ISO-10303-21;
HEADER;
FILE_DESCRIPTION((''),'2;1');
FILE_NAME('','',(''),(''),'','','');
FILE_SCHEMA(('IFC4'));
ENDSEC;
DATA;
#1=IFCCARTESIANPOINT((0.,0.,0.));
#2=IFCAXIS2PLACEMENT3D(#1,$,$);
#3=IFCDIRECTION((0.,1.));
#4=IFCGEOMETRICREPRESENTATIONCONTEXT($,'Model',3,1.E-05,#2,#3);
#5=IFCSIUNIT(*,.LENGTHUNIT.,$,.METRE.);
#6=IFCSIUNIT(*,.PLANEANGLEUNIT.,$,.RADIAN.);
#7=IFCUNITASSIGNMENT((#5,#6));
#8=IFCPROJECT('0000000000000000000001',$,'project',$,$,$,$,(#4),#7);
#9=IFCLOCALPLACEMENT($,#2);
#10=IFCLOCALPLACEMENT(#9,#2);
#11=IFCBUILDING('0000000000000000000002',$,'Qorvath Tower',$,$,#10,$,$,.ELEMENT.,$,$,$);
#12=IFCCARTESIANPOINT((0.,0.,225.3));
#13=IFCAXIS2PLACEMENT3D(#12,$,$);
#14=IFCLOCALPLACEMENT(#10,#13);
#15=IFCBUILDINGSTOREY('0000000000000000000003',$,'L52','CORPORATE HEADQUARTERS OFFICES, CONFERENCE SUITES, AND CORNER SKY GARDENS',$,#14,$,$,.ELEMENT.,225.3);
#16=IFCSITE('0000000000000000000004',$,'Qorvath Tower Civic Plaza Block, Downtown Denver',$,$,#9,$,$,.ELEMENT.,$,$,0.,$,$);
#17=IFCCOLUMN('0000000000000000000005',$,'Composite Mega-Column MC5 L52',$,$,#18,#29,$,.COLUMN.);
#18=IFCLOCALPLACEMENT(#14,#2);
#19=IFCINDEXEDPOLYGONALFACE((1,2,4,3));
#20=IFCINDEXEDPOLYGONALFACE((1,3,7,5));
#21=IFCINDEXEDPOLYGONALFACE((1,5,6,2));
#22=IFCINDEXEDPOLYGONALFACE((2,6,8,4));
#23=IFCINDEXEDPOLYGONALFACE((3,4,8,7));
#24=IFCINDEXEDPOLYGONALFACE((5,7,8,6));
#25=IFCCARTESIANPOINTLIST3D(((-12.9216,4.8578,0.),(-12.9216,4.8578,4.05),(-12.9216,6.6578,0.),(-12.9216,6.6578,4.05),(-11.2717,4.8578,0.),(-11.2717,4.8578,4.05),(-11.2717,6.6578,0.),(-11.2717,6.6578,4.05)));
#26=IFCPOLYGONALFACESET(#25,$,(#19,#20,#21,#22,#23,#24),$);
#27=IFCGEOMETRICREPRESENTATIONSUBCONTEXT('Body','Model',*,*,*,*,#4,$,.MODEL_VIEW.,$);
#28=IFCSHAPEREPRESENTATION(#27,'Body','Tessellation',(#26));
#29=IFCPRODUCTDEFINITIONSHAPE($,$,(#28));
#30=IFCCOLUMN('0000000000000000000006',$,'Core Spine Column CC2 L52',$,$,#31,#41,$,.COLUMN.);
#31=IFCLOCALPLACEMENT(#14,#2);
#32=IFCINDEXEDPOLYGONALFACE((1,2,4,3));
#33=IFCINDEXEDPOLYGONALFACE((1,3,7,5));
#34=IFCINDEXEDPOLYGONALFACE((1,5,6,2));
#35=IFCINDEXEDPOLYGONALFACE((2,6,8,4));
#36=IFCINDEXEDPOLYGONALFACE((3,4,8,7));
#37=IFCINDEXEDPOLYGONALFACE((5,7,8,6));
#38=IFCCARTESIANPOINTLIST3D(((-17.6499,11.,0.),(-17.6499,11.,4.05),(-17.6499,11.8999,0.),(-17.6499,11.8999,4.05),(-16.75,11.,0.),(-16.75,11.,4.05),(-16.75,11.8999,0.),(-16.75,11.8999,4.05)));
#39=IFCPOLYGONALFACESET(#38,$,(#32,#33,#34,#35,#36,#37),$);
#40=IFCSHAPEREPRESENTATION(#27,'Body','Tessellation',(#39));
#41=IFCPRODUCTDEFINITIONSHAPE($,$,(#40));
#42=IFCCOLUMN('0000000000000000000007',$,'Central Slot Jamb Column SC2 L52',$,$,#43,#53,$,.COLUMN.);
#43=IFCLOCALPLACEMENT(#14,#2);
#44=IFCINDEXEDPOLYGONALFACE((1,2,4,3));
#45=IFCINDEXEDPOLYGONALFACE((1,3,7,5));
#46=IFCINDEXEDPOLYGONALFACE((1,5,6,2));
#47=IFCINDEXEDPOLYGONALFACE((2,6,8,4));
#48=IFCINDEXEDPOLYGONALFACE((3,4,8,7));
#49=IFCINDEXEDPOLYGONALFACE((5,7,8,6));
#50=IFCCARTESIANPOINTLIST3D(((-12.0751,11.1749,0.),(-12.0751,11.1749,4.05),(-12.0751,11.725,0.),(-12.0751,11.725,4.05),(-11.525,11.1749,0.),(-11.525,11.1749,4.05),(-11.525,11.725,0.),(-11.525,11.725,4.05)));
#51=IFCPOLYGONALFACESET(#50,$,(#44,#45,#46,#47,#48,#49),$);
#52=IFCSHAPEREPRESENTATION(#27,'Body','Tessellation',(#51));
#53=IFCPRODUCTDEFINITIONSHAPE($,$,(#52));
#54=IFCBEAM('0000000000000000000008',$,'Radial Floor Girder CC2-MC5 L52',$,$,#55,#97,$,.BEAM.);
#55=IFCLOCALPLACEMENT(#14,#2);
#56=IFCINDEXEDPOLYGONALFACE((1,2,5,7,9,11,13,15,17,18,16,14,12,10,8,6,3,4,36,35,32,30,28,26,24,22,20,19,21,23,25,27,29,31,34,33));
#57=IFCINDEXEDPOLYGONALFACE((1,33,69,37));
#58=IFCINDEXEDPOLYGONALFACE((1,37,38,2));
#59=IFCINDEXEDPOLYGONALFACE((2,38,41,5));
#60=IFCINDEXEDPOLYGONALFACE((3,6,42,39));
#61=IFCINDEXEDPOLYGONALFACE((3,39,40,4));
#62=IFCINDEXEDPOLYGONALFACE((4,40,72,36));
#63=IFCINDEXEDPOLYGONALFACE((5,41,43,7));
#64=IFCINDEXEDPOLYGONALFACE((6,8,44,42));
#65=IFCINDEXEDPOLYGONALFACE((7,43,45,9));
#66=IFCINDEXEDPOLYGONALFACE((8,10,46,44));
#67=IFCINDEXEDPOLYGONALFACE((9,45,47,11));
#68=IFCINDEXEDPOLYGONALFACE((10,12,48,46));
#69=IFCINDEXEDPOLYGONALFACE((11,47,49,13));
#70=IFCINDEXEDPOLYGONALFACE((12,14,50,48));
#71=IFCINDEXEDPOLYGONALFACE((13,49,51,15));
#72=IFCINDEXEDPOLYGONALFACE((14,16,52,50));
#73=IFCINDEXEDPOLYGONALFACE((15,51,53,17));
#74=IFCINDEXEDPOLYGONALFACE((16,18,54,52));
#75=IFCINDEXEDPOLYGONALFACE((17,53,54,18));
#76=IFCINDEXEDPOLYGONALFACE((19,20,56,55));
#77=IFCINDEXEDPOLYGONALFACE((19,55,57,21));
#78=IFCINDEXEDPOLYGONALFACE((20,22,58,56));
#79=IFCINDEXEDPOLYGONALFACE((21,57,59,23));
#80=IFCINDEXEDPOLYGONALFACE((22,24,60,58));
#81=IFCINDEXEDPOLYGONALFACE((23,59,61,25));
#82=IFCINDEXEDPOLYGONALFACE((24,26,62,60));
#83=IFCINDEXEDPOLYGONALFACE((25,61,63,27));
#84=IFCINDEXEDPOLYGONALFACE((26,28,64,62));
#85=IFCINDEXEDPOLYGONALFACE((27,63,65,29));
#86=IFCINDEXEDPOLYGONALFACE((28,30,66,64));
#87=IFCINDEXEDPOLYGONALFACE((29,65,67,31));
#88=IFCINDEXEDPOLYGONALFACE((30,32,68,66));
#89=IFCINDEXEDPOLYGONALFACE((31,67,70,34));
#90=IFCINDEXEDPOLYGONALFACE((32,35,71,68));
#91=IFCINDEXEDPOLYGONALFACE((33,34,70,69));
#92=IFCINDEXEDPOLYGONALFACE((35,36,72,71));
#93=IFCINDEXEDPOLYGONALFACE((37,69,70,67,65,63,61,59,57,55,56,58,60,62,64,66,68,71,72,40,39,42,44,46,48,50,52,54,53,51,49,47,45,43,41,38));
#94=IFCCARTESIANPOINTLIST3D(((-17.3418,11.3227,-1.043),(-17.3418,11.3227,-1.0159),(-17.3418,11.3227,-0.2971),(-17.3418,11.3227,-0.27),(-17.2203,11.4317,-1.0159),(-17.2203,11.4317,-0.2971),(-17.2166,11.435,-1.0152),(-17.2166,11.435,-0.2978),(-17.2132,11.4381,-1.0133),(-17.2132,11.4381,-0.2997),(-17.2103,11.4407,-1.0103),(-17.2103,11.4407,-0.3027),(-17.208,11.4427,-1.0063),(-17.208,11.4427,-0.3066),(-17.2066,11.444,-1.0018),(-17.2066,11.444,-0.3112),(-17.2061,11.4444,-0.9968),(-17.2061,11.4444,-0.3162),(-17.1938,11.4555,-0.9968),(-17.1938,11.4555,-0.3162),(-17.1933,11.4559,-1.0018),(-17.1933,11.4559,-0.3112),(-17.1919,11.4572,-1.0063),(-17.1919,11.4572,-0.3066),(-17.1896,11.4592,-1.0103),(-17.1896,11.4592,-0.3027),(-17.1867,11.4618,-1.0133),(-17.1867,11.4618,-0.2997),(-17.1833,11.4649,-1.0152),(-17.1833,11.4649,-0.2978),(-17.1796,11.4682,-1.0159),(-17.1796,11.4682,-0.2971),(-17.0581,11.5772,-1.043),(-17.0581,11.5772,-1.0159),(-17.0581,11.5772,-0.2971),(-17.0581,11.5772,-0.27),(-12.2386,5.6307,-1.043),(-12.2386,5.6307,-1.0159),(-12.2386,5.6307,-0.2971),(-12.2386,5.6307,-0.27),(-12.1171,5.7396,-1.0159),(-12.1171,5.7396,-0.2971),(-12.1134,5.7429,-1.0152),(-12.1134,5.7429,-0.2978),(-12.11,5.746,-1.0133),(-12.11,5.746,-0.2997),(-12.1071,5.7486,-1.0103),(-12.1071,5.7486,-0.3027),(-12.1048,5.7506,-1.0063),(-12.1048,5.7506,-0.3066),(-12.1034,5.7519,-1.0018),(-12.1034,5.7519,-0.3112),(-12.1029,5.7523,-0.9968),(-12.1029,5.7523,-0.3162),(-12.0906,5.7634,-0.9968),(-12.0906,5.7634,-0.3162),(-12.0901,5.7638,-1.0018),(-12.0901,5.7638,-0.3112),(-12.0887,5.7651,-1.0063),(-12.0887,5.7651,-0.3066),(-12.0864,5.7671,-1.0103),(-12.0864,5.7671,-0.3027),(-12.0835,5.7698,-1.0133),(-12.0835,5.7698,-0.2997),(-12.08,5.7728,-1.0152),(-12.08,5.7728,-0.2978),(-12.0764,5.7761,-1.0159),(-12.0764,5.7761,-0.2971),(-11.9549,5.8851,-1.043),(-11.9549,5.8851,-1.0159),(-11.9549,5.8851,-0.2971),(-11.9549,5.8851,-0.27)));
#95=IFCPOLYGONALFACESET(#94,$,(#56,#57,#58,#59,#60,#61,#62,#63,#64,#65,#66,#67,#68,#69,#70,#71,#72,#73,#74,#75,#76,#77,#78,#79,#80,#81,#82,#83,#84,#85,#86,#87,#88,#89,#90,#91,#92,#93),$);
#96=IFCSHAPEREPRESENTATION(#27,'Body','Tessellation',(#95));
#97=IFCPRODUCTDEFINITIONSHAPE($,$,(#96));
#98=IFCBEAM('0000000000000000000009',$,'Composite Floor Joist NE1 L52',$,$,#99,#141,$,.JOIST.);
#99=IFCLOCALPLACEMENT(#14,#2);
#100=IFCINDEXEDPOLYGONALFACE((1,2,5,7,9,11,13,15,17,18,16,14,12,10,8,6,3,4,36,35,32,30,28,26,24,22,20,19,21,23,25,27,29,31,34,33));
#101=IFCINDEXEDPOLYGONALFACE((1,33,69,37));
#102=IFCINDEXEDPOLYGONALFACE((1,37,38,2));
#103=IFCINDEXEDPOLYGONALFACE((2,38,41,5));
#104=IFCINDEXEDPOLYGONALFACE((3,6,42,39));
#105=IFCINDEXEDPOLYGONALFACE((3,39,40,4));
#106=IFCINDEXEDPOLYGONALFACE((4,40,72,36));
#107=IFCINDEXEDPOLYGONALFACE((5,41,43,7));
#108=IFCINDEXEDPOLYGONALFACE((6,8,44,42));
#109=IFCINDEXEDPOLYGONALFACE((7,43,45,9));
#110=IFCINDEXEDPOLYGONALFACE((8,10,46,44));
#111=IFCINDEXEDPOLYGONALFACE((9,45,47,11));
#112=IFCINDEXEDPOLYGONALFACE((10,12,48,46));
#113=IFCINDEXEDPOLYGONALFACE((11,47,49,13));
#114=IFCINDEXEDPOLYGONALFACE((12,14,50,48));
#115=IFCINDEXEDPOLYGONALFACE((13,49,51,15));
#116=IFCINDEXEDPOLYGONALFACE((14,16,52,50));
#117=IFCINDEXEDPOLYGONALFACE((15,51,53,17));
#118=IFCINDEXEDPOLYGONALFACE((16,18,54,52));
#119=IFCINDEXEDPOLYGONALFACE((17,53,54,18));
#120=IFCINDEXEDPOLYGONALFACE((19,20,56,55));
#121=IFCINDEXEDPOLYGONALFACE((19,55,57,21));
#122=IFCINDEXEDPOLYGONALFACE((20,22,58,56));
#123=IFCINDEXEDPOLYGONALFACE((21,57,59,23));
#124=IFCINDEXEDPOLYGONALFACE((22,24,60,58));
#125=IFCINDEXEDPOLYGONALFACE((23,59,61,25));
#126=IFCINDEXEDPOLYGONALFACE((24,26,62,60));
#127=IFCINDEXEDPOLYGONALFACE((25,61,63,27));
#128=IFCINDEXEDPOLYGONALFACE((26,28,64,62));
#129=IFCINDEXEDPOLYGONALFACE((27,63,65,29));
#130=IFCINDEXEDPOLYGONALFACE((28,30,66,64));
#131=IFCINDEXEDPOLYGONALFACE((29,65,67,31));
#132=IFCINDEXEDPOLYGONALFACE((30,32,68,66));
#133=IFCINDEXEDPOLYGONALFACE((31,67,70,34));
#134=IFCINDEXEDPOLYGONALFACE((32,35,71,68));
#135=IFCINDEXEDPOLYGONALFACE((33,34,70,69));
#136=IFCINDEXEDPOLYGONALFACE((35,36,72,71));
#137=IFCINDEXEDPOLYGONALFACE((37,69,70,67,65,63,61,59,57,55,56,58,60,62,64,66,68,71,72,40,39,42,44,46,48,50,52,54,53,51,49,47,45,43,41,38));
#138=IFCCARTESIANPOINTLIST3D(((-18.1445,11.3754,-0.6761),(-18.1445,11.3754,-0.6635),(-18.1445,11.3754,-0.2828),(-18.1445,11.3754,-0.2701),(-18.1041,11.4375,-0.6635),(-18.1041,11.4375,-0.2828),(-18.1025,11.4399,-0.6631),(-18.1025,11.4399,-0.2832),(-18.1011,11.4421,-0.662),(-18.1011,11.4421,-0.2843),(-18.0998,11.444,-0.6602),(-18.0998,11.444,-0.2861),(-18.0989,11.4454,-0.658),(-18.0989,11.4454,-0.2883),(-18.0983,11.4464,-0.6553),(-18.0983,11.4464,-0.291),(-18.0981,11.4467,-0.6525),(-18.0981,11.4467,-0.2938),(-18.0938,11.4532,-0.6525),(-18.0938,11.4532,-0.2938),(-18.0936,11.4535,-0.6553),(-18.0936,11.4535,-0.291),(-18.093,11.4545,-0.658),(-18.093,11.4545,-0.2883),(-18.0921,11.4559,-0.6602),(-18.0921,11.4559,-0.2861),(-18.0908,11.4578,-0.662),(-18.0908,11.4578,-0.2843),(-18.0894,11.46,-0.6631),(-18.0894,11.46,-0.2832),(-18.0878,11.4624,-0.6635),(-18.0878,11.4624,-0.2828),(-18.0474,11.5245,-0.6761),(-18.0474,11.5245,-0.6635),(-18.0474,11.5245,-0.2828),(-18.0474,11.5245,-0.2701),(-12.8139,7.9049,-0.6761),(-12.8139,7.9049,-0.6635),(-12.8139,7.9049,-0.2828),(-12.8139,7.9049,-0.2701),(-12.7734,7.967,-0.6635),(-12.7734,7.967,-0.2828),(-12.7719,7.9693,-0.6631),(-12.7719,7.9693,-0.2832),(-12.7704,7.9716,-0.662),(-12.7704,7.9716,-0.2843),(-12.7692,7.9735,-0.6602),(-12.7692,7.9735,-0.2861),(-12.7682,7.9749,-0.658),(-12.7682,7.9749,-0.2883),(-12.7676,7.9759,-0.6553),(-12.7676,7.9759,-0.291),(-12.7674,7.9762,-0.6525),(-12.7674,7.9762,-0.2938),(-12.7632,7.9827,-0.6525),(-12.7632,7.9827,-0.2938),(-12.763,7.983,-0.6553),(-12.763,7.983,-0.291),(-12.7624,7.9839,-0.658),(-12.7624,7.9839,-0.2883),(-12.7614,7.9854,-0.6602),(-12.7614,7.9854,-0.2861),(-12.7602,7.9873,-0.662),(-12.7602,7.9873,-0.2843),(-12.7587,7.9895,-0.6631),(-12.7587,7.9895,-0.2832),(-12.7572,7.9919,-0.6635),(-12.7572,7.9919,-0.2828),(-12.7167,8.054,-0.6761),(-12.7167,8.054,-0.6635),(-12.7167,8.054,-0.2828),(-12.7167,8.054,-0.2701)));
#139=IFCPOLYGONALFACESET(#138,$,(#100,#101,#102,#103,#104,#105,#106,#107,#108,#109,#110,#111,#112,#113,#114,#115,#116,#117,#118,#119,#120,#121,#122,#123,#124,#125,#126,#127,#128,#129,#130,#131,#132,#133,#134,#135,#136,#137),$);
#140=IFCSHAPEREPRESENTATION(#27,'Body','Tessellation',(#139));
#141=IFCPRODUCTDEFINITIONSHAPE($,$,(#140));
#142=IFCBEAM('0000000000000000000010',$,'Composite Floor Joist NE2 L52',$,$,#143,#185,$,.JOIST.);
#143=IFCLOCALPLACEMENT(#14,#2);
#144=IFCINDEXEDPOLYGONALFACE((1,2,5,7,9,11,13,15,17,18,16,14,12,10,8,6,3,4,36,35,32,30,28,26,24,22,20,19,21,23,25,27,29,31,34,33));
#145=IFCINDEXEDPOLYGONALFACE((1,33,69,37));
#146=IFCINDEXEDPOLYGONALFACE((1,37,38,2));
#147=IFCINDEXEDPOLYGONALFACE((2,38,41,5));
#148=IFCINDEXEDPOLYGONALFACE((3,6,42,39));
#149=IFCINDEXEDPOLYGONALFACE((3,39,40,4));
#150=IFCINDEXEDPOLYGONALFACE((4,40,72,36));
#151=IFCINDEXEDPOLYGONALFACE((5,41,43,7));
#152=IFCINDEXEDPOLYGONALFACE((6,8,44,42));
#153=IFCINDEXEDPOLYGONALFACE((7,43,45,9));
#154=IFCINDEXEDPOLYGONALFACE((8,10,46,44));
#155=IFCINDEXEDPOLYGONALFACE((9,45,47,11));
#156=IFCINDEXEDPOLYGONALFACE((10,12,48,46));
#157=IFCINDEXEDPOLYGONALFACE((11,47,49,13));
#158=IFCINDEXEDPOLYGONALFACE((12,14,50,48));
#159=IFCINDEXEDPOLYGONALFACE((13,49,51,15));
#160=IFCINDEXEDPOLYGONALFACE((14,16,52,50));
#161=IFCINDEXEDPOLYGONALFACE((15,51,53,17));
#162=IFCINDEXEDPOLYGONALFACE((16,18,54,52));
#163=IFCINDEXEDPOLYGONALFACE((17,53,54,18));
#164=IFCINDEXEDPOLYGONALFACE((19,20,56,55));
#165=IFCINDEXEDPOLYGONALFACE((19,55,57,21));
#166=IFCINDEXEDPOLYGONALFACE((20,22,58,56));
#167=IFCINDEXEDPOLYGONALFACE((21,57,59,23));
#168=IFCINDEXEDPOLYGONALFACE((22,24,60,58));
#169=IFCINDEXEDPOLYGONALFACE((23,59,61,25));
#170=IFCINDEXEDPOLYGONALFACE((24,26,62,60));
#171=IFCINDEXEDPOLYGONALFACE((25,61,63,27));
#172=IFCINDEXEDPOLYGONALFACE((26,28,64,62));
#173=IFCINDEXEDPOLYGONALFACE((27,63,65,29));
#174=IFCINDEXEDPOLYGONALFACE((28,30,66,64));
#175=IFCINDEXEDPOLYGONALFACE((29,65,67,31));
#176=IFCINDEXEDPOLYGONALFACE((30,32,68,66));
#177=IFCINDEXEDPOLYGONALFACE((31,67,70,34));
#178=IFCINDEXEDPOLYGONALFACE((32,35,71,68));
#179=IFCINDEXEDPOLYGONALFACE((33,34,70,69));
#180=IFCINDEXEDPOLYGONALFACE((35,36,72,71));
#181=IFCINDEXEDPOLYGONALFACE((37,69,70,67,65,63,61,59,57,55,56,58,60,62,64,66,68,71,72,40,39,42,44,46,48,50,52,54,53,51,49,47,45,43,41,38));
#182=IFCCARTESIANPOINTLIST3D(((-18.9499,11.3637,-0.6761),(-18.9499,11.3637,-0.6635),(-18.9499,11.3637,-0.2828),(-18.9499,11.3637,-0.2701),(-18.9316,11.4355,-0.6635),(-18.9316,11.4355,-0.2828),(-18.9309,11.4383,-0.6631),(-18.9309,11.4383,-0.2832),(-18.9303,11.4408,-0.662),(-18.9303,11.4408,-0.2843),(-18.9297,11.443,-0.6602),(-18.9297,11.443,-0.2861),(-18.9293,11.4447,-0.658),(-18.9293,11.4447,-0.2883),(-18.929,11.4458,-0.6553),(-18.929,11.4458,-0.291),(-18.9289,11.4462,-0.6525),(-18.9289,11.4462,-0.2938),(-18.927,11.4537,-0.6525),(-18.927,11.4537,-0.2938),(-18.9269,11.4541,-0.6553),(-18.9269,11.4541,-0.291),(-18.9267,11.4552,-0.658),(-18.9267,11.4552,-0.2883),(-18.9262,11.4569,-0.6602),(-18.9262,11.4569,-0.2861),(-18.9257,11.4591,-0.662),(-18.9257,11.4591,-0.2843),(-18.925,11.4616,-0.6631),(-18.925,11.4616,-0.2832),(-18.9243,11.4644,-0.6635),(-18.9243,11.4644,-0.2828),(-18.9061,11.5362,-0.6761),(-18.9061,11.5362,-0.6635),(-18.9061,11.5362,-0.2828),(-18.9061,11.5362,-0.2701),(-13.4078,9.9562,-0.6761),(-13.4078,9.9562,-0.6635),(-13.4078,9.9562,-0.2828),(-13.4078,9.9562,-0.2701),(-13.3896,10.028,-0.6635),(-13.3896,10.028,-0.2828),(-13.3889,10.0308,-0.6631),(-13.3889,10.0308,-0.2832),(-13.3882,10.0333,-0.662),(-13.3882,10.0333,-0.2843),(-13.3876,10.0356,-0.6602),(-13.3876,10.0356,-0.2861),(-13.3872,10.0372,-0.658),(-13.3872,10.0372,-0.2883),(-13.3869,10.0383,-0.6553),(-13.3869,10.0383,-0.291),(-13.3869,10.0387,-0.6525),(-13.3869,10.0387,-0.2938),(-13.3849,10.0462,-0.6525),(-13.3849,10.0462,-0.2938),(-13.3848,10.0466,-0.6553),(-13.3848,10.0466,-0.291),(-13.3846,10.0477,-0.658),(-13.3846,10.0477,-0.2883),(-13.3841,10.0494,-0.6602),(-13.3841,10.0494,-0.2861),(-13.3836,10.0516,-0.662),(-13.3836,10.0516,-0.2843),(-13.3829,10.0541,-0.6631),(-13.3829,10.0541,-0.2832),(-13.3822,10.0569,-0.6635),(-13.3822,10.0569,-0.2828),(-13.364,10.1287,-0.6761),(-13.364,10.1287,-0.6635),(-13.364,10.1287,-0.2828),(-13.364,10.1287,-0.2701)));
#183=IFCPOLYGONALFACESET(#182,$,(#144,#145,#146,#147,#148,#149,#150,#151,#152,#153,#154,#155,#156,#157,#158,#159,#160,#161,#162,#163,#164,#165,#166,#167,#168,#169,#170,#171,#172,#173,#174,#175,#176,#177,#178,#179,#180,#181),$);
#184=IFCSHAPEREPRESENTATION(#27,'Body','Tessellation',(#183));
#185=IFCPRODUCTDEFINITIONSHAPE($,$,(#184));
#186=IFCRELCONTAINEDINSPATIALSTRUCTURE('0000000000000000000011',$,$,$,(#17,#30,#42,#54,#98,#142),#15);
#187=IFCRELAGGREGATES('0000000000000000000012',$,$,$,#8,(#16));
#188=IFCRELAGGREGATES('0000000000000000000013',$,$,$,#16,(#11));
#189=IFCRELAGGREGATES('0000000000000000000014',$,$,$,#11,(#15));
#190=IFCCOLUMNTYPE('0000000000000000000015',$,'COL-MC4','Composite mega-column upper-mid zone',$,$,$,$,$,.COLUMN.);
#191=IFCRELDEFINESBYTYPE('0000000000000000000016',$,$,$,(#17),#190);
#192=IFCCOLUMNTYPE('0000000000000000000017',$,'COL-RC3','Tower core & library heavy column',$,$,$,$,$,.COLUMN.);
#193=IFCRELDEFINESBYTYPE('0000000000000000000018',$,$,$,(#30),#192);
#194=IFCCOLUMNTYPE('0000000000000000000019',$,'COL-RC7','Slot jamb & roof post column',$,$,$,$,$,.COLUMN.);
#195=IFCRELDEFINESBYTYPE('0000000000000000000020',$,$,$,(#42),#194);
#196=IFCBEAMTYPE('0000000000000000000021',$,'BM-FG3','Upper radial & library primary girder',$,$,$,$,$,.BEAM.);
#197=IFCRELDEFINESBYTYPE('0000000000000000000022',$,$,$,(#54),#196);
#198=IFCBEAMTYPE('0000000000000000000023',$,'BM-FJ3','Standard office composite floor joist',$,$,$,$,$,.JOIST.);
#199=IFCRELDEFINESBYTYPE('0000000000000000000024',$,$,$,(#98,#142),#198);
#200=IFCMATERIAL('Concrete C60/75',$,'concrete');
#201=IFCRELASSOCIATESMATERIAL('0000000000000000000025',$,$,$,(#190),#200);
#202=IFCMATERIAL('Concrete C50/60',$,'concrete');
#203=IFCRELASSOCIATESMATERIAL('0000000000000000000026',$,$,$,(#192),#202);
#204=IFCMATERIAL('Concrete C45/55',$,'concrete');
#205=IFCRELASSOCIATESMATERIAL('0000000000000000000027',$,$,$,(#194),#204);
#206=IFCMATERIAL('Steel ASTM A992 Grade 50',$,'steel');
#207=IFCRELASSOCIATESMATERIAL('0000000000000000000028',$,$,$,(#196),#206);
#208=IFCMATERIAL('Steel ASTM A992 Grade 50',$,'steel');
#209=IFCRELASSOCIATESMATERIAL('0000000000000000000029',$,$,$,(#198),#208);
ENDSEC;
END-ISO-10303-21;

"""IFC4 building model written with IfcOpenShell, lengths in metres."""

from ifc_helpers import new_model, si_unit, direction, frame, origin, origin_2d, place, context, subcontext, project, spatial, rectangle, i_section, extrude, material, material_profile, profile_set, type_object, element, save


model = new_model("IFC4")

# Units and contexts
model_context = context("Model", 3, precision=1e-05, world=origin(), true_north=direction((0.0, 1.0)))
body_context = subcontext(model_context, "Body", "Model", "MODEL_VIEW")
ifc_project = project(units=[si_unit("LENGTHUNIT", "METRE"), si_unit("PLANEANGLEUNIT", "RADIAN")], contexts=[model_context])

# Site, building, storey
site_placement = place(None, origin())
site = spatial("IfcSite", under=ifc_project, at=site_placement, Name="Qorvath Tower Civic Plaza Block, Downtown Denver", CompositionType="ELEMENT", RefElevation=0.0)
building_placement = place(site_placement, origin())
building = spatial("IfcBuilding", under=site, at=building_placement, Name="Qorvath Tower", CompositionType="ELEMENT")
storey_placement = place(building_placement, frame((0.0, 0.0, 225.3)))
storey = spatial("IfcBuildingStorey", under=building, at=storey_placement, Name="L52", Description="CORPORATE HEADQUARTERS OFFICES, CONFERENCE SUITES, AND CORNER SKY GARDENS", CompositionType="ELEMENT", Elevation=225.3)

# Columns
ifc_material_1 = material(Name="Concrete C60/75", Category="concrete")
ifc_material_profile_1 = material_profile(ifc_material_1, rectangle(XDim=1.6499, YDim=1.8, at=origin_2d()), Name="MC 1800x1650")
ifc_profile_set_1 = profile_set([ifc_material_profile_1], Name="Concrete C60/75")
column_type_1 = type_object("IfcColumnType", Name="COL-MC4", Description="Composite mega-column upper-mid zone", PredefinedType="COLUMN", material=ifc_profile_set_1)
column_1_placement = place(storey_placement, frame((-12.0967, 5.7578, 0.0), z_axis=(0.0, 0.0, 1.0), x_axis=(1.0, 0.0, 0.0)))
element("IfcColumn", 1, at=column_1_placement, inside=storey, type_object=column_type_1, Name="Composite Mega-Column MC5 L52", PredefinedType="COLUMN", context=body_context, shape_type="SweptSolid", body=[
    extrude(rectangle(XDim=1.6499, YDim=1.8, at=origin_2d()), origin(), (0.0, 0.0, 1.0), 4.05),
])
ifc_material_2 = material(Name="Concrete C50/60", Category="concrete")
ifc_material_profile_2 = material_profile(ifc_material_2, rectangle(XDim=0.8999, YDim=0.8999, at=origin_2d()), Name="RC 900x900")
ifc_profile_set_2 = profile_set([ifc_material_profile_2], Name="Concrete C50/60")
column_type_2 = type_object("IfcColumnType", Name="COL-RC3", Description="Tower core & library heavy column", PredefinedType="COLUMN", material=ifc_profile_set_2)
column_2_placement = place(storey_placement, frame((-17.2, 11.45, 0.0), z_axis=(0.0, 0.0, 1.0), x_axis=(1.0, 0.0, 0.0)))
element("IfcColumn", 2, at=column_2_placement, inside=storey, type_object=column_type_2, Name="Core Spine Column CC2 L52", PredefinedType="COLUMN", context=body_context, shape_type="SweptSolid", body=[
    extrude(rectangle(XDim=0.8999, YDim=0.8999, at=origin_2d()), origin(), (0.0, 0.0, 1.0), 4.05),
])
ifc_material_3 = material(Name="Concrete C45/55", Category="concrete")
ifc_material_profile_3 = material_profile(ifc_material_3, rectangle(XDim=0.55, YDim=0.55, at=origin_2d()), Name="RC 550x550")
ifc_profile_set_3 = profile_set([ifc_material_profile_3], Name="Concrete C45/55")
column_type_3 = type_object("IfcColumnType", Name="COL-RC7", Description="Slot jamb & roof post column", PredefinedType="COLUMN", material=ifc_profile_set_3)
column_3_placement = place(storey_placement, frame((-11.8, 11.45, 0.0), z_axis=(0.0, 0.0, 1.0), x_axis=(1.0, 0.0, 0.0)))
element("IfcColumn", 3, at=column_3_placement, inside=storey, type_object=column_type_3, Name="Central Slot Jamb Column SC2 L52", PredefinedType="COLUMN", context=body_context, shape_type="SweptSolid", body=[
    extrude(rectangle(XDim=0.55, YDim=0.55, at=origin_2d()), origin(), (0.0, 0.0, 1.0), 4.05),
])

# Beams
ifc_material_4 = material(Name="Steel ASTM A992 Grade 50", Category="steel")
ifc_material_profile_4 = material_profile(ifc_material_4, i_section(OverallWidth=0.3811, OverallDepth=0.7729, WebThickness=0.0166, FlangeThickness=0.0271, FilletRadius=0.019, at=origin_2d()), Name="W30x173")
ifc_profile_set_4 = profile_set([ifc_material_profile_4], Name="Steel ASTM A992 Grade 50")
beam_type_1 = type_object("IfcBeamType", Name="BM-FG3", Description="Upper radial & library primary girder", PredefinedType="BEAM", material=ifc_profile_set_4)
beam_1_placement = place(storey_placement, frame((-17.2, 11.45, -0.6565), z_axis=(0.667543, -0.744571, 0.0), x_axis=(0.744571, 0.667543, 0.0)))
element("IfcBeam", 4, at=beam_1_placement, inside=storey, type_object=beam_type_1, Name="Radial Floor Girder CC2-MC5 L52", PredefinedType="BEAM", context=body_context, shape_type="SweptSolid", body=[
    extrude(i_section(OverallWidth=0.3811, OverallDepth=0.7729, WebThickness=0.0166, FlangeThickness=0.0271, FilletRadius=0.019, at=origin_2d()), origin(), (0.0, 0.0, 1.0), 7.6448),
])
ifc_material_5 = material(Name="Steel ASTM A992 Grade 50", Category="steel")
ifc_material_profile_5 = material_profile(ifc_material_5, i_section(OverallWidth=0.178, OverallDepth=0.406, WebThickness=0.0078, FlangeThickness=0.0127, FilletRadius=0.011, at=origin_2d()), Name="W16x40")
ifc_profile_set_5 = profile_set([ifc_material_profile_5], Name="Steel ASTM A992 Grade 50")
beam_type_2 = type_object("IfcBeamType", Name="BM-FJ3", Description="Standard office composite floor joist", PredefinedType="JOIST", material=ifc_profile_set_5)
beam_2_placement = place(storey_placement, frame((-18.0959, 11.45, -0.4731), z_axis=(0.838042, -0.545606, 0.0), x_axis=(0.545606, 0.838042, 0.0)))
element("IfcBeam", 5, at=beam_2_placement, inside=storey, type_object=beam_type_2, Name="Composite Floor Joist NE1 L52", PredefinedType="JOIST", context=body_context, shape_type="SweptSolid", body=[
    extrude(i_section(OverallWidth=0.178, OverallDepth=0.406, WebThickness=0.0078, FlangeThickness=0.0127, FilletRadius=0.011, at=origin_2d()), origin(), (0.0, 0.0, 1.0), 6.3608),
])
beam_3_placement = place(storey_placement, frame((-18.928, 11.45, -0.4731), z_axis=(0.969232, -0.246151, 0.0), x_axis=(0.246151, 0.969232, 0.0)))
element("IfcBeam", 6, at=beam_3_placement, inside=storey, type_object=beam_type_2, Name="Composite Floor Joist NE2 L52", PredefinedType="JOIST", context=body_context, shape_type="SweptSolid", body=[
    extrude(i_section(OverallWidth=0.178, OverallDepth=0.406, WebThickness=0.0078, FlangeThickness=0.0127, FilletRadius=0.011, at=origin_2d()), origin(), (0.0, 0.0, 1.0), 5.718),
])

save(model, "model.ifc")
